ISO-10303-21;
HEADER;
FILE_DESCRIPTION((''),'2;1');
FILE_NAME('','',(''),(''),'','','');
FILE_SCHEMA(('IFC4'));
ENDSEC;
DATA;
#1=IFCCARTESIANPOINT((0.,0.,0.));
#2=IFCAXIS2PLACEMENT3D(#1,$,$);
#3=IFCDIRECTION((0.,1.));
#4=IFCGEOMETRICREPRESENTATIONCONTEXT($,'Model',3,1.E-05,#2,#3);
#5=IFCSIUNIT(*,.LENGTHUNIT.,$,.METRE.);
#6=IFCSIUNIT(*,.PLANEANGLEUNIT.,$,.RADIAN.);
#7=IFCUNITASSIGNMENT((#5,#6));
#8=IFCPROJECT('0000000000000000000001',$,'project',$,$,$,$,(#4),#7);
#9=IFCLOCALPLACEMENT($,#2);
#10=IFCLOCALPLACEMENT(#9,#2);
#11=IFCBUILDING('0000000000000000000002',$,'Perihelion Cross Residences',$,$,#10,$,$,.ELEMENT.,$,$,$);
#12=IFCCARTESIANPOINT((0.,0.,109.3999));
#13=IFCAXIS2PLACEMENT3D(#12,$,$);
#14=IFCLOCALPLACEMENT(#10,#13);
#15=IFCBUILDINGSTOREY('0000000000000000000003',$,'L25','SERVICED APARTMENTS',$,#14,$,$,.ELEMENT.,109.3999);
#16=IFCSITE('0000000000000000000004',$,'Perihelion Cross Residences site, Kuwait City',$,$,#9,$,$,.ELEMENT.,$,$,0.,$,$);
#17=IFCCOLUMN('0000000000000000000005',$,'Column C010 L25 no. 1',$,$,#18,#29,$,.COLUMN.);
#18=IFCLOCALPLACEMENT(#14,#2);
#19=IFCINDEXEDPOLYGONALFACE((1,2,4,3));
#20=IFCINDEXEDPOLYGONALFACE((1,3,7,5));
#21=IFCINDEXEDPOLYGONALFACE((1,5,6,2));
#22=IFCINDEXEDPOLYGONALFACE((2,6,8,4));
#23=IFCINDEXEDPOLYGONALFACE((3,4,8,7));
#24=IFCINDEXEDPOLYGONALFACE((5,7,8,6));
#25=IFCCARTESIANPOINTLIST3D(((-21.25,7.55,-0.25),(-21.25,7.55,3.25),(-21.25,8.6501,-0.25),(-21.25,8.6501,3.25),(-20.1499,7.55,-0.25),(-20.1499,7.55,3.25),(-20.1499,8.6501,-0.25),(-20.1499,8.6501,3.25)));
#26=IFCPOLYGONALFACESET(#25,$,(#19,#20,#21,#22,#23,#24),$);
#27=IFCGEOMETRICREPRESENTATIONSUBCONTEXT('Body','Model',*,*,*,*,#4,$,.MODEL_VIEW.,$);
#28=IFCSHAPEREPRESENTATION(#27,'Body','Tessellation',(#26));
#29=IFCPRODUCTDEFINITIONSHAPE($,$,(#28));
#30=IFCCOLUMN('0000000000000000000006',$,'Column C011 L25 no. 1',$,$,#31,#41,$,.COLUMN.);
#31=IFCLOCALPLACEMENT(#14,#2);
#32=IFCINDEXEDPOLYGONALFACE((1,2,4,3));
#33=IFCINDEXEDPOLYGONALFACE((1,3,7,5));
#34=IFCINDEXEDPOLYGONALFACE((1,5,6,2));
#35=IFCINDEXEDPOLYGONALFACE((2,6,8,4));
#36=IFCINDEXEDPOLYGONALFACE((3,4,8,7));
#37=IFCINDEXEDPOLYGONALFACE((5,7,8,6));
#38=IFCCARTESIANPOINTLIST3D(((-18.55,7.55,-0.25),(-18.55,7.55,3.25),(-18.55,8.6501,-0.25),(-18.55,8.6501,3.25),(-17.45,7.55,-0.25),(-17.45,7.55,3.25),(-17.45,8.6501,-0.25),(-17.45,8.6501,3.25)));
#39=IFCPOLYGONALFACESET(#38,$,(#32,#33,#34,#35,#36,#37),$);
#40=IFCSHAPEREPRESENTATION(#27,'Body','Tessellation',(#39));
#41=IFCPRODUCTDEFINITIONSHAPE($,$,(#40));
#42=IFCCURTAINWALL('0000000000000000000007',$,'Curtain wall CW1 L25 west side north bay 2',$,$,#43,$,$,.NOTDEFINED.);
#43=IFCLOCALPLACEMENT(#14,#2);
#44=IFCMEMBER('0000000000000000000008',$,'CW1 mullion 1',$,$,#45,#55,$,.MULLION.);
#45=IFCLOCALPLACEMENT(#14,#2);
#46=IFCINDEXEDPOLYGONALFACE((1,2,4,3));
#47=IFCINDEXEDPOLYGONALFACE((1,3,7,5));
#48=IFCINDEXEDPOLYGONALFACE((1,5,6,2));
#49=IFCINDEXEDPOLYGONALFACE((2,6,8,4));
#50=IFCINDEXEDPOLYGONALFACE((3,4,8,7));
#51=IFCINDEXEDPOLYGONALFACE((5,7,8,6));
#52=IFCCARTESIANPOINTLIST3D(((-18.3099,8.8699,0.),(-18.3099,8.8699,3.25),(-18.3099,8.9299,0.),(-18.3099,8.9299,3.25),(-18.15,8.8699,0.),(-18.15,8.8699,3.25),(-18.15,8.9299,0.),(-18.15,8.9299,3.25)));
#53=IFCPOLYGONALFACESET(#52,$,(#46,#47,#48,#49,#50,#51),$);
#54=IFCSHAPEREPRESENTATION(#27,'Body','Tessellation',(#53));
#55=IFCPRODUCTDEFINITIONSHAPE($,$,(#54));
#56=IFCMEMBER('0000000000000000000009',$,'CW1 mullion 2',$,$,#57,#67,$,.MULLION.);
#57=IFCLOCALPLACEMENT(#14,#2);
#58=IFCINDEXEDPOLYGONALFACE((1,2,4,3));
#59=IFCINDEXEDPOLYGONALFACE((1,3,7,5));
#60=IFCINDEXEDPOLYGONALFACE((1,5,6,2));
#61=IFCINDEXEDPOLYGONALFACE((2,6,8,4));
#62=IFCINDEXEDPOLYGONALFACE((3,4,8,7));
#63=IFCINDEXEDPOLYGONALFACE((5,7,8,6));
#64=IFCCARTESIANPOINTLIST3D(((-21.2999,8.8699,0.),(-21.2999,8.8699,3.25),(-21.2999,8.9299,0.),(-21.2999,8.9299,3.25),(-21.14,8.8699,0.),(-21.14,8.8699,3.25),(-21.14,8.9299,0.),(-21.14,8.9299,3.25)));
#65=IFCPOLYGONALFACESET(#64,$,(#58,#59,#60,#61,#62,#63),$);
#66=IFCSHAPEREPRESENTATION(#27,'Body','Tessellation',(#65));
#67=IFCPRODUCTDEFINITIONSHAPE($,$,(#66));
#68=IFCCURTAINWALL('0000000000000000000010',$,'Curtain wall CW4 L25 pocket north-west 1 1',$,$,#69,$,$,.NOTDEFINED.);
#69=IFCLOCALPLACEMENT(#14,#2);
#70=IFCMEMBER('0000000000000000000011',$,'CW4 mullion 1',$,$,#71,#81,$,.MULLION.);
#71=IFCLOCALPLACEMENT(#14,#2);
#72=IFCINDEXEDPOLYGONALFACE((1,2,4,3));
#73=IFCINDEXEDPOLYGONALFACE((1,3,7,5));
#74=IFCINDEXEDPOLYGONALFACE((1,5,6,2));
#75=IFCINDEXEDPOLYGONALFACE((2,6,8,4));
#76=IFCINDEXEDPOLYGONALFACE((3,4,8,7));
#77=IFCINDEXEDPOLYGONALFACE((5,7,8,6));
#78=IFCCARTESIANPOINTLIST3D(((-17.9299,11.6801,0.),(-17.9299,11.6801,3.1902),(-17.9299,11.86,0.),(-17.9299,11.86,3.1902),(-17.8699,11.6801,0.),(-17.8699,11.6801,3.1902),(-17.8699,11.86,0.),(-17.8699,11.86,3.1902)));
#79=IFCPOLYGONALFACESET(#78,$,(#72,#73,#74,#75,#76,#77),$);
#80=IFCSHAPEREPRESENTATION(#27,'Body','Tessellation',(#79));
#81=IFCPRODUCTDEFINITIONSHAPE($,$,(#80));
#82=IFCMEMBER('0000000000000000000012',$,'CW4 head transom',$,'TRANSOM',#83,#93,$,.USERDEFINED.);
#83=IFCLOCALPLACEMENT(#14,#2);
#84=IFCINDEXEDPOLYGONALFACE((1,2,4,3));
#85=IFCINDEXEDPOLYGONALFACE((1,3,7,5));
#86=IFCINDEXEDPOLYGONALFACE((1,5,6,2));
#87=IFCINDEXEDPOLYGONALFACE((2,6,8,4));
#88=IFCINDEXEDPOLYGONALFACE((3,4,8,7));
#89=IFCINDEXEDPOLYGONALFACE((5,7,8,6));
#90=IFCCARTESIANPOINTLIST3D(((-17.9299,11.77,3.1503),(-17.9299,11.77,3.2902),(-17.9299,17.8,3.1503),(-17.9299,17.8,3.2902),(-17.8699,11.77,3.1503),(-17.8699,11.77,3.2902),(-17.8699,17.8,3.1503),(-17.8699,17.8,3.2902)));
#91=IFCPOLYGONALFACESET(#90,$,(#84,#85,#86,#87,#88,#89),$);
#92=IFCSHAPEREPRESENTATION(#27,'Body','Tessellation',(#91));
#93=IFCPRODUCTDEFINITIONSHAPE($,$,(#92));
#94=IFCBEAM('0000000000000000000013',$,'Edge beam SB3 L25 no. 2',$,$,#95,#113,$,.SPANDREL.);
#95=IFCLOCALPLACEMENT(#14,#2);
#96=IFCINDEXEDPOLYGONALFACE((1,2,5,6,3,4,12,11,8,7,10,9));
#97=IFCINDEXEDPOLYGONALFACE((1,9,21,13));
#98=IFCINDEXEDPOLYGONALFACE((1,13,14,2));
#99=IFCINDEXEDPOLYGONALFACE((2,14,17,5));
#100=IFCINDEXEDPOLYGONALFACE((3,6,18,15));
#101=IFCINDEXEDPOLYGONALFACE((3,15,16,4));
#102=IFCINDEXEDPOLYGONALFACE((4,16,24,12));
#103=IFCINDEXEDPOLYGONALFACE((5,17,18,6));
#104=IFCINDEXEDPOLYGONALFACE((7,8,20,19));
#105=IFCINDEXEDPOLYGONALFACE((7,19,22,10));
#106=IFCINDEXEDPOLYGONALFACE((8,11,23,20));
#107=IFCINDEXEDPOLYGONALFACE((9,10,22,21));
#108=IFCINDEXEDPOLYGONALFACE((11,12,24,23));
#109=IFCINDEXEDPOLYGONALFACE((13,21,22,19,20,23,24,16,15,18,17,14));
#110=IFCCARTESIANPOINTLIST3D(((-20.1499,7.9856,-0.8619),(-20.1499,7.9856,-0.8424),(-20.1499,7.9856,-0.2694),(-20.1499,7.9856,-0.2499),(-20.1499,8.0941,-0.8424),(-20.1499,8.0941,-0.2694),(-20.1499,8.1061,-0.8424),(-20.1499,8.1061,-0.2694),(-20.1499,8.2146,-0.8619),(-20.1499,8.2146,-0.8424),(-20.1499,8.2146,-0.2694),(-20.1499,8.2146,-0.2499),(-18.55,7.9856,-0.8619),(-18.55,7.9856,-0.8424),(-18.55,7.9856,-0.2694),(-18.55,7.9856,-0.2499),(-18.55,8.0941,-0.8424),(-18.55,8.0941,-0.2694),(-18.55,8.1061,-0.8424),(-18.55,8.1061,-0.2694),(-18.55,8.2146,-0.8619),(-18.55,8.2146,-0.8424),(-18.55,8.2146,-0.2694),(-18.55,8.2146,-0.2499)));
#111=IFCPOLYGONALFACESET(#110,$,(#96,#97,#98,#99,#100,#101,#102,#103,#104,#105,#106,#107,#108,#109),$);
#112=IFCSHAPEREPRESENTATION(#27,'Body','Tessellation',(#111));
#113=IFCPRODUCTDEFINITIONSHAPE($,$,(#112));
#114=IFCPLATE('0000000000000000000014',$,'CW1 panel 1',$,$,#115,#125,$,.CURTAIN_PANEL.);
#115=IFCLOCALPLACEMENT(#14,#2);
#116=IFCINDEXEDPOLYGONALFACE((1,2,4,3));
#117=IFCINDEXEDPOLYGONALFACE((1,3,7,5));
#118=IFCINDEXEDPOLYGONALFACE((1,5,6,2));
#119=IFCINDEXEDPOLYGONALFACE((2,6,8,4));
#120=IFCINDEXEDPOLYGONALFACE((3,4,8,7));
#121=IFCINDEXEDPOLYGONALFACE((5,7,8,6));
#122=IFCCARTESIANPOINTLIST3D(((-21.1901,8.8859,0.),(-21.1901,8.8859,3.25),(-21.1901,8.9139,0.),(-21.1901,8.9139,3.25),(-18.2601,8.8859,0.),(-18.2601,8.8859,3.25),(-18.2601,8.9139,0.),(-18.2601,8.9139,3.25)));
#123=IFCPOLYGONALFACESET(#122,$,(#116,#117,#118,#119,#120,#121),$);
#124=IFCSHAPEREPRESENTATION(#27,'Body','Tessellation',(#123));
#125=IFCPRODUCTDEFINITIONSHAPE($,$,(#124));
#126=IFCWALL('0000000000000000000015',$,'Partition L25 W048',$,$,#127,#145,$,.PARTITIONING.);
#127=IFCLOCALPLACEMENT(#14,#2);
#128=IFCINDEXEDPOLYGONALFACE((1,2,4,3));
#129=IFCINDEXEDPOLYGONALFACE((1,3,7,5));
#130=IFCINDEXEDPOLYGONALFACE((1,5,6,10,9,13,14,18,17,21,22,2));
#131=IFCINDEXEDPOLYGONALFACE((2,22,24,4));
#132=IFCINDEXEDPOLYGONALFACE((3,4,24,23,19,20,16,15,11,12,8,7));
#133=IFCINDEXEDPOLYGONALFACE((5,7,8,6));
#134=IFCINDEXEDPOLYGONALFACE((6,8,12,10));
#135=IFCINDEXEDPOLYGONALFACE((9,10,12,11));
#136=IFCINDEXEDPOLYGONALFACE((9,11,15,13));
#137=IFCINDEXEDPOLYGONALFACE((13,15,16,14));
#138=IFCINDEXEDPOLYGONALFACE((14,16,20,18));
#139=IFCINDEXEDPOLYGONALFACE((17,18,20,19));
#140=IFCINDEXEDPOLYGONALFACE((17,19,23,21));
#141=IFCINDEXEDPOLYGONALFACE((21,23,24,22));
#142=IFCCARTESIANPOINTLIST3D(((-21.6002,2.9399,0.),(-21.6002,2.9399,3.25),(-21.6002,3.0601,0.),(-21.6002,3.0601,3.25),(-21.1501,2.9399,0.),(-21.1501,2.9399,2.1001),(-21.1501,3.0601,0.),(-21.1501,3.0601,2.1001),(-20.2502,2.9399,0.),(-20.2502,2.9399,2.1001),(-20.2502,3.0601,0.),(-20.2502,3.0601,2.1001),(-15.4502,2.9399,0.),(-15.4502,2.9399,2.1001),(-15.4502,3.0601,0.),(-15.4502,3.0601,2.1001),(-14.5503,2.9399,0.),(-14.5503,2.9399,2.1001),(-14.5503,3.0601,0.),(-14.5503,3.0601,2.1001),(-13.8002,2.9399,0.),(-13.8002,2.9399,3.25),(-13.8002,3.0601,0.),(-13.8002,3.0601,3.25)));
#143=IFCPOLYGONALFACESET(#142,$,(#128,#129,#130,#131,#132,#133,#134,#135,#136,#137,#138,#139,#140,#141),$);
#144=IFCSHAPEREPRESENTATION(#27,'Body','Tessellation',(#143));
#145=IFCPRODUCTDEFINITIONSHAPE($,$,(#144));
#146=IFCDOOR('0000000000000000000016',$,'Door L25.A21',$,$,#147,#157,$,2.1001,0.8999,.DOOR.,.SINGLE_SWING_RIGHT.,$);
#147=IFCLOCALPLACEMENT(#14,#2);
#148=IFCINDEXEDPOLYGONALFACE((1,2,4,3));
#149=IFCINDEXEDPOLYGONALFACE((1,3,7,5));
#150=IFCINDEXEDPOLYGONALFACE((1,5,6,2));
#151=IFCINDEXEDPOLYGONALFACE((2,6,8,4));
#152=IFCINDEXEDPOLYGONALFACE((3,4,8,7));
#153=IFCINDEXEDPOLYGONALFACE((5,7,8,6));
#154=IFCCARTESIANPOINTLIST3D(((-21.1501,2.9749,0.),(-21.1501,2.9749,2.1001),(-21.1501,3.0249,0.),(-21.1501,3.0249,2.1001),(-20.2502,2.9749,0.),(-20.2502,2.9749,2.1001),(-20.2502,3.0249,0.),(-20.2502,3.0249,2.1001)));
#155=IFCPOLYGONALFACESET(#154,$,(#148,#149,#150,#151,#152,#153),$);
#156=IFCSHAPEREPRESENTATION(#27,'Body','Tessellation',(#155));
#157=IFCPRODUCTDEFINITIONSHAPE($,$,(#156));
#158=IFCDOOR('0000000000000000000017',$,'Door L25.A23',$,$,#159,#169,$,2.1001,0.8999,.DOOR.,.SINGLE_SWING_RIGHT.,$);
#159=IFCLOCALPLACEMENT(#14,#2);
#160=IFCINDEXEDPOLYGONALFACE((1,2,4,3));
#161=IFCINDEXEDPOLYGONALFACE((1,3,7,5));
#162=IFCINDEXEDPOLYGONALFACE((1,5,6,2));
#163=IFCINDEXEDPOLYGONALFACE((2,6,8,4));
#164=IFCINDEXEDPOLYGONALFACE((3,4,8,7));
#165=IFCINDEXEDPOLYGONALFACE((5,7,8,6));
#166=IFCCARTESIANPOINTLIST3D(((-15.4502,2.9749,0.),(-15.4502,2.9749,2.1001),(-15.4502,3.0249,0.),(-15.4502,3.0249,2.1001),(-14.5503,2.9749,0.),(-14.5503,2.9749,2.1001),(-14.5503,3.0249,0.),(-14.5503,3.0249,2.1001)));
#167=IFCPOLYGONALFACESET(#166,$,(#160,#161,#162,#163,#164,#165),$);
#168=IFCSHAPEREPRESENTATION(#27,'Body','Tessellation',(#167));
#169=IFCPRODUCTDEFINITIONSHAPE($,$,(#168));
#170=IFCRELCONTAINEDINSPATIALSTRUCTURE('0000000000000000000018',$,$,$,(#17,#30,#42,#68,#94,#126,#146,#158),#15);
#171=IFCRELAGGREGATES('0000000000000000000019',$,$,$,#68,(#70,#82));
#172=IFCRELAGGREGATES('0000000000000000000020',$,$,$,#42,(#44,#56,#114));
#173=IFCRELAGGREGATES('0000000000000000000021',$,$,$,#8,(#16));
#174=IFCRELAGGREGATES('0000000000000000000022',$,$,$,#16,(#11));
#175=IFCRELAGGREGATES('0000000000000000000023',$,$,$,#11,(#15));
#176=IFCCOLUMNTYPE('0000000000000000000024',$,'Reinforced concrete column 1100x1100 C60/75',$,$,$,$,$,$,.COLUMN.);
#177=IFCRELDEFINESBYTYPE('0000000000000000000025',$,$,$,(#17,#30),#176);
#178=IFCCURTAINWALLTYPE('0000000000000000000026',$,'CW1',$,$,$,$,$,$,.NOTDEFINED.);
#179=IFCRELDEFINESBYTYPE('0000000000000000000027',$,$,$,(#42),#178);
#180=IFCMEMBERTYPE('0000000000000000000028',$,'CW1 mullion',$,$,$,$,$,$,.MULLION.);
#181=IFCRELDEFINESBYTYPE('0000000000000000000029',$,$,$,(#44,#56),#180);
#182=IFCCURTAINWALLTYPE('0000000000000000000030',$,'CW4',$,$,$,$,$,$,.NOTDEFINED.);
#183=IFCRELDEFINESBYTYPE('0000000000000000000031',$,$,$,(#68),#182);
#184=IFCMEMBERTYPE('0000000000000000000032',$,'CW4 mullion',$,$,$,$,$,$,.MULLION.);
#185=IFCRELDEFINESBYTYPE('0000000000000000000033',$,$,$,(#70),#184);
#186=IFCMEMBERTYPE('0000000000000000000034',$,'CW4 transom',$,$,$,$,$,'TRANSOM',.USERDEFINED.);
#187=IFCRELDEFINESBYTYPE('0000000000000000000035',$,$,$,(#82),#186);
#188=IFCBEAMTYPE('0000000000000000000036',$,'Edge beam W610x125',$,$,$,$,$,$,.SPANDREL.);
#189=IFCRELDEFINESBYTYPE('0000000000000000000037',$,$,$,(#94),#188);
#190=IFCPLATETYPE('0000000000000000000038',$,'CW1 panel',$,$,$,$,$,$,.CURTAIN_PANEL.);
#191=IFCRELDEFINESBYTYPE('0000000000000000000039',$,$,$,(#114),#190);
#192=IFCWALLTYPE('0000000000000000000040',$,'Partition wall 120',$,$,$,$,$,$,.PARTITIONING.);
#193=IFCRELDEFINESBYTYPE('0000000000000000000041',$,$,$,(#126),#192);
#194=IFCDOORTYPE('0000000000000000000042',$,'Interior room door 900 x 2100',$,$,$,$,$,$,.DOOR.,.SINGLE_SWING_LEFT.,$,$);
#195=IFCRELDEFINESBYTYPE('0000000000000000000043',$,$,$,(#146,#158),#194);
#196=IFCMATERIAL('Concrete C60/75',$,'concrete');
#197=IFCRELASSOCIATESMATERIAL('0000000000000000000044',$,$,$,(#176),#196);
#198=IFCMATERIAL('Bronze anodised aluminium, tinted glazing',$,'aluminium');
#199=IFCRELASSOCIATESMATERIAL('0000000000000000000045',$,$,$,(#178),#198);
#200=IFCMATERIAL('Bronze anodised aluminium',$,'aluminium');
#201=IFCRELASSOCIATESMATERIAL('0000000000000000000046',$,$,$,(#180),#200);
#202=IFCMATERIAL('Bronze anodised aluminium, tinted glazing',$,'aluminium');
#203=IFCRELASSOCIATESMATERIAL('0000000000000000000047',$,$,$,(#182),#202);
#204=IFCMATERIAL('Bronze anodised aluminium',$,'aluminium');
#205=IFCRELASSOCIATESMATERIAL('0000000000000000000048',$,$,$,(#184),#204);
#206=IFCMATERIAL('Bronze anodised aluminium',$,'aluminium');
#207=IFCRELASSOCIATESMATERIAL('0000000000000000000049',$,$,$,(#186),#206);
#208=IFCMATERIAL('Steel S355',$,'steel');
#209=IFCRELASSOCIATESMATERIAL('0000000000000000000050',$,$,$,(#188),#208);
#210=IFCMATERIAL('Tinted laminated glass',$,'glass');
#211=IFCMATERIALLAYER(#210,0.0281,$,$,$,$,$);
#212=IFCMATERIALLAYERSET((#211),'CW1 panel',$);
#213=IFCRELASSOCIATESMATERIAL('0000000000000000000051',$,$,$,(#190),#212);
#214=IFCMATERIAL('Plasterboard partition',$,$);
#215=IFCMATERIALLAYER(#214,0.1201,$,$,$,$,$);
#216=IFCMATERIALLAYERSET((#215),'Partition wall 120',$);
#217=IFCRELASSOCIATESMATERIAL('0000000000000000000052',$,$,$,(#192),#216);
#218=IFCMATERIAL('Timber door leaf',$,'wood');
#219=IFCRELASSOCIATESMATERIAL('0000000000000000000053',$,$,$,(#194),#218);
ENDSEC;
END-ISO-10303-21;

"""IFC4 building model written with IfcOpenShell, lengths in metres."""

from ifc_helpers import new_model, si_unit, direction, frame, frame_2d, origin, origin_2d, place, context, subcontext, project, spatial, rectangle, i_section, extrude, material, layer, layer_set, material_profile, profile_set, type_object, element, fill, aggregate, save


model = new_model("IFC4")

# Units and contexts
model_context = context("Model", 3, precision=1e-05, world=origin(), true_north=direction((0.0, 1.0)))
body_context = subcontext(model_context, "Body", "Model", "MODEL_VIEW")
ifc_project = project(units=[si_unit("LENGTHUNIT", "METRE"), si_unit("PLANEANGLEUNIT", "RADIAN")], contexts=[model_context])

# Site, building, storey
site_placement = place(None, origin())
site = spatial("IfcSite", under=ifc_project, at=site_placement, Name="Perihelion Cross Residences site, Kuwait City", CompositionType="ELEMENT", RefElevation=0.0)
building_placement = place(site_placement, origin())
building = spatial("IfcBuilding", under=site, at=building_placement, Name="Perihelion Cross Residences", CompositionType="ELEMENT")
storey_placement = place(building_placement, frame((0.0, 0.0, 109.3999)))
storey = spatial("IfcBuildingStorey", under=building, at=storey_placement, Name="L25", Description="SERVICED APARTMENTS", CompositionType="ELEMENT", Elevation=109.3999)

# Columns
ifc_material_1 = material(Name="Concrete C60/75", Category="concrete")
ifc_material_profile_1 = material_profile(ifc_material_1, rectangle(XDim=1.1001, YDim=1.1001, at=origin_2d()), Name="RC 1100x1100")
ifc_profile_set_1 = profile_set([ifc_material_profile_1], Name="Concrete C60/75")
column_type = type_object("IfcColumnType", Name="Reinforced concrete column 1100x1100 C60/75", PredefinedType="COLUMN", material=ifc_profile_set_1)
for number, where, z_axis, x_axis, name in (
    (1, (-20.7, 8.1001, -0.25), (0.0, 0.0, 1.0), (1.0, 0.0, 0.0), "Column C010 L25 no. 1"),
    (2, (-18.0, 8.1001, -0.25), (0.0, 0.0, 1.0), (1.0, 0.0, 0.0), "Column C011 L25 no. 1"),
):
    element("IfcColumn", number, at=place(storey_placement, frame(where, z_axis=z_axis, x_axis=x_axis)), inside=storey, type_object=column_type, Name=name, PredefinedType="COLUMN", context=body_context, shape_type="SweptSolid", body=[
        extrude(rectangle(XDim=1.1001, YDim=1.1001, at=origin_2d()), origin(), (0.0, 0.0, 1.0), 3.5),
    ])

# Curtain walls, members
ifc_material_2 = material(Name="Bronze anodised aluminium, tinted glazing", Category="aluminium")
curtain_wall_type_1 = type_object("IfcCurtainWallType", Name="CW1", PredefinedType="NOTDEFINED", material=ifc_material_2)
curtain_wall_1_placement = place(storey_placement, origin())
curtain_wall_1 = element("IfcCurtainWall", 3, at=curtain_wall_1_placement, inside=storey, type_object=curtain_wall_type_1, Name="Curtain wall CW1 L25 west side north bay 2", PredefinedType="NOTDEFINED")
ifc_material_3 = material(Name="Bronze anodised aluminium", Category="aluminium")
ifc_material_profile_2 = material_profile(ifc_material_3, rectangle(XDim=0.0601, YDim=0.1599, at=origin_2d()), Name="CW1 mullion")
ifc_profile_set_2 = profile_set([ifc_material_profile_2], Name="Bronze anodised aluminium")
member_type_1 = type_object("IfcMemberType", Name="CW1 mullion", PredefinedType="MULLION", material=ifc_profile_set_2)
member_1_placement = place(storey_placement, frame((-18.23, 8.8999, 0.0), z_axis=(0.0, 0.0, 1.0), x_axis=(0.0, -1.0, 0.0)))
member_1 = element("IfcMember", 4, at=member_1_placement, type_object=member_type_1, Name="CW1 mullion 1", PredefinedType="MULLION", context=body_context, shape_type="SweptSolid", body=[
    extrude(rectangle(XDim=0.0601, YDim=0.1599, at=origin_2d()), origin(), (0.0, 0.0, 1.0), 3.25),
])
member_2_placement = place(storey_placement, frame((-21.22, 8.8999, 0.0), z_axis=(0.0, 0.0, 1.0), x_axis=(0.0, -1.0, 0.0)))
member_2 = element("IfcMember", 5, at=member_2_placement, type_object=member_type_1, Name="CW1 mullion 2", PredefinedType="MULLION", context=body_context, shape_type="SweptSolid", body=[
    extrude(rectangle(XDim=0.0601, YDim=0.1599, at=origin_2d()), origin(), (0.0, 0.0, 1.0), 3.25),
])
ifc_material_4 = material(Name="Bronze anodised aluminium, tinted glazing", Category="aluminium")
curtain_wall_type_2 = type_object("IfcCurtainWallType", Name="CW4", PredefinedType="NOTDEFINED", material=ifc_material_4)
curtain_wall_2_placement = place(storey_placement, origin())
curtain_wall_2 = element("IfcCurtainWall", 6, at=curtain_wall_2_placement, inside=storey, type_object=curtain_wall_type_2, Name="Curtain wall CW4 L25 pocket north-west 1 1", PredefinedType="NOTDEFINED")
ifc_material_5 = material(Name="Bronze anodised aluminium", Category="aluminium")
ifc_material_profile_3 = material_profile(ifc_material_5, rectangle(XDim=0.0601, YDim=0.1799, at=origin_2d()), Name="CW4 mullion")
ifc_profile_set_3 = profile_set([ifc_material_profile_3], Name="Bronze anodised aluminium")
member_type_2 = type_object("IfcMemberType", Name="CW4 mullion", PredefinedType="MULLION", material=ifc_profile_set_3)
member_3_placement = place(storey_placement, frame((-17.8999, 11.77, 0.0), z_axis=(0.0, 0.0, 1.0), x_axis=(-1.0, 0.0, 0.0)))
member_3 = element("IfcMember", 7, at=member_3_placement, type_object=member_type_2, Name="CW4 mullion 1", PredefinedType="MULLION", context=body_context, shape_type="SweptSolid", body=[
    extrude(rectangle(XDim=0.0601, YDim=0.1799, at=origin_2d()), origin(), (0.0, 0.0, 1.0), 3.1902),
])
ifc_material_6 = material(Name="Bronze anodised aluminium", Category="aluminium")
ifc_material_profile_4 = material_profile(ifc_material_6, rectangle(XDim=0.0601, YDim=0.1399, at=origin_2d()), Name="CW4 transom")
ifc_profile_set_4 = profile_set([ifc_material_profile_4], Name="Bronze anodised aluminium")
member_type_3 = type_object("IfcMemberType", Name="CW4 transom", ElementType="TRANSOM", PredefinedType="USERDEFINED", material=ifc_profile_set_4)
member_4_placement = place(storey_placement, frame((-17.8999, 11.77, 3.2202), z_axis=(0.0, 1.0, 0.0), x_axis=(-1.0, 0.0, 0.0)))
member_4 = element("IfcMember", 8, at=member_4_placement, type_object=member_type_3, Name="CW4 head transom", ObjectType="TRANSOM", PredefinedType="USERDEFINED", context=body_context, shape_type="SweptSolid", body=[
    extrude(rectangle(XDim=0.0601, YDim=0.1399, at=origin_2d()), origin(), (0.0, 0.0, 1.0), 6.03),
])
aggregate(curtain_wall_2, [member_3, member_4])

# Beam
ifc_material_7 = material(Name="Steel S355", Category="steel")
ifc_material_profile_5 = material_profile(ifc_material_7, i_section(OverallWidth=0.229, OverallDepth=0.6121, WebThickness=0.012, FlangeThickness=0.0195, at=origin_2d()), Name="W610x125")
ifc_profile_set_5 = profile_set([ifc_material_profile_5], Name="Steel S355")
beam_type = type_object("IfcBeamType", Name="Edge beam W610x125", PredefinedType="SPANDREL", material=ifc_profile_set_5)
beam_placement = place(storey_placement, frame((-18.55, 8.1001, -0.5559), z_axis=(-1.0, 0.0, 0.0), x_axis=(0.0, -1.0, 0.0)))
element("IfcBeam", 9, at=beam_placement, inside=storey, type_object=beam_type, Name="Edge beam SB3 L25 no. 2", PredefinedType="SPANDREL", context=body_context, shape_type="SweptSolid", body=[
    extrude(i_section(OverallWidth=0.229, OverallDepth=0.6121, WebThickness=0.012, FlangeThickness=0.0195, at=origin_2d()), origin(), (0.0, 0.0, 1.0), 1.5999),
])

# Plate
ifc_material_8 = material(Name="Tinted laminated glass", Category="glass")
ifc_layer_1 = layer(ifc_material_8, 0.0281)
ifc_layer_set_1 = layer_set([ifc_layer_1], Name="CW1 panel")
plate_type = type_object("IfcPlateType", Name="CW1 panel", PredefinedType="CURTAIN_PANEL", material=ifc_layer_set_1)
plate_placement = place(storey_placement, frame((-19.7251, 8.8999, 0.0), z_axis=(0.0, 0.0, 1.0), x_axis=(-1.0, 0.0, 0.0)))
plate = element("IfcPlate", 10, at=plate_placement, type_object=plate_type, Name="CW1 panel 1", PredefinedType="CURTAIN_PANEL", context=body_context, shape_type="SweptSolid", body=[
    extrude(rectangle(XDim=2.9299, YDim=0.0281, at=origin_2d()), origin(), (0.0, 0.0, 1.0), 3.25),
])
aggregate(curtain_wall_1, [member_1, member_2, plate])

# Wall, openings, doors
ifc_material_9 = material(Name="Plasterboard partition")
ifc_layer_2 = layer(ifc_material_9, 0.1201)
ifc_layer_set_2 = layer_set([ifc_layer_2], Name="Partition wall 120")
wall_type_1 = type_object("IfcWallType", Name="Partition wall 120", PredefinedType="PARTITIONING", material=ifc_layer_set_2)
wall_1_placement = place(storey_placement, frame((-21.6001, 3.0, 0.0), z_axis=(0.0, 0.0, 1.0), x_axis=(1.0, 0.0, 0.0)))
wall_1 = element("IfcWall", 11, at=wall_1_placement, inside=storey, type_object=wall_type_1, Name="Partition L25 W048", PredefinedType="PARTITIONING", context=body_context, shape_type="SweptSolid", body=[
    extrude(rectangle(XDim=7.8, YDim=0.1201, at=frame_2d((3.8999, 0.0))), origin(), (0.0, 0.0, 1.0), 3.25),
])
opening_1_placement = place(wall_1_placement, frame((0.45, 0.0, 0.0)))
opening_1 = element("IfcOpeningElement", 12, at=opening_1_placement, cuts=wall_1, PredefinedType="OPENING", context=body_context, shape_type="SweptSolid", body=[
    extrude(rectangle(XDim=0.8999, YDim=2.1001, at=frame_2d((0.45, 1.05))), frame((0.0, 0.0701, 0.0), z_axis=(0.0, -1.0, 0.0), x_axis=(1.0, 0.0, 0.0)), (0.0, 0.0, 1.0), 0.1401),
])
opening_2_placement = place(wall_1_placement, frame((6.1499, 0.0, 0.0)))
opening_2 = element("IfcOpeningElement", 13, at=opening_2_placement, cuts=wall_1, PredefinedType="OPENING", context=body_context, shape_type="SweptSolid", body=[
    extrude(rectangle(XDim=0.8999, YDim=2.1001, at=frame_2d((0.45, 1.05))), frame((0.0, 0.0701, 0.0), z_axis=(0.0, -1.0, 0.0), x_axis=(1.0, 0.0, 0.0)), (0.0, 0.0, 1.0), 0.1401),
])
ifc_material_10 = material(Name="Timber door leaf", Category="wood")
door_type = type_object("IfcDoorType", Name="Interior room door 900 x 2100", OperationType="SINGLE_SWING_LEFT", PredefinedType="DOOR", material=ifc_material_10)
door_1_placement = place(opening_1_placement, origin())
door_1 = element("IfcDoor", 14, at=door_1_placement, inside=storey, type_object=door_type, Name="Door L25.A21", OperationType="SINGLE_SWING_RIGHT", OverallHeight=2.1001, OverallWidth=0.8999, PredefinedType="DOOR", context=body_context, shape_type="SweptSolid", body=[
    extrude(rectangle(XDim=0.8999, YDim=2.1001, at=frame_2d((0.45, 1.05))), frame((0.0, 0.0249, 0.0), z_axis=(0.0, -1.0, 0.0), x_axis=(1.0, 0.0, 0.0)), (0.0, 0.0, 1.0), 0.05),
])
fill(opening_1, door_1)
door_2_placement = place(opening_2_placement, origin())
door_2 = element("IfcDoor", 15, at=door_2_placement, inside=storey, type_object=door_type, Name="Door L25.A23", OperationType="SINGLE_SWING_RIGHT", OverallHeight=2.1001, OverallWidth=0.8999, PredefinedType="DOOR", context=body_context, shape_type="SweptSolid", body=[
    extrude(rectangle(XDim=0.8999, YDim=2.1001, at=frame_2d((0.45, 1.05))), frame((0.0, 0.0249, 0.0), z_axis=(0.0, -1.0, 0.0), x_axis=(1.0, 0.0, 0.0)), (0.0, 0.0, 1.0), 0.05),
])
fill(opening_2, door_2)

save(model, "model.ifc")
